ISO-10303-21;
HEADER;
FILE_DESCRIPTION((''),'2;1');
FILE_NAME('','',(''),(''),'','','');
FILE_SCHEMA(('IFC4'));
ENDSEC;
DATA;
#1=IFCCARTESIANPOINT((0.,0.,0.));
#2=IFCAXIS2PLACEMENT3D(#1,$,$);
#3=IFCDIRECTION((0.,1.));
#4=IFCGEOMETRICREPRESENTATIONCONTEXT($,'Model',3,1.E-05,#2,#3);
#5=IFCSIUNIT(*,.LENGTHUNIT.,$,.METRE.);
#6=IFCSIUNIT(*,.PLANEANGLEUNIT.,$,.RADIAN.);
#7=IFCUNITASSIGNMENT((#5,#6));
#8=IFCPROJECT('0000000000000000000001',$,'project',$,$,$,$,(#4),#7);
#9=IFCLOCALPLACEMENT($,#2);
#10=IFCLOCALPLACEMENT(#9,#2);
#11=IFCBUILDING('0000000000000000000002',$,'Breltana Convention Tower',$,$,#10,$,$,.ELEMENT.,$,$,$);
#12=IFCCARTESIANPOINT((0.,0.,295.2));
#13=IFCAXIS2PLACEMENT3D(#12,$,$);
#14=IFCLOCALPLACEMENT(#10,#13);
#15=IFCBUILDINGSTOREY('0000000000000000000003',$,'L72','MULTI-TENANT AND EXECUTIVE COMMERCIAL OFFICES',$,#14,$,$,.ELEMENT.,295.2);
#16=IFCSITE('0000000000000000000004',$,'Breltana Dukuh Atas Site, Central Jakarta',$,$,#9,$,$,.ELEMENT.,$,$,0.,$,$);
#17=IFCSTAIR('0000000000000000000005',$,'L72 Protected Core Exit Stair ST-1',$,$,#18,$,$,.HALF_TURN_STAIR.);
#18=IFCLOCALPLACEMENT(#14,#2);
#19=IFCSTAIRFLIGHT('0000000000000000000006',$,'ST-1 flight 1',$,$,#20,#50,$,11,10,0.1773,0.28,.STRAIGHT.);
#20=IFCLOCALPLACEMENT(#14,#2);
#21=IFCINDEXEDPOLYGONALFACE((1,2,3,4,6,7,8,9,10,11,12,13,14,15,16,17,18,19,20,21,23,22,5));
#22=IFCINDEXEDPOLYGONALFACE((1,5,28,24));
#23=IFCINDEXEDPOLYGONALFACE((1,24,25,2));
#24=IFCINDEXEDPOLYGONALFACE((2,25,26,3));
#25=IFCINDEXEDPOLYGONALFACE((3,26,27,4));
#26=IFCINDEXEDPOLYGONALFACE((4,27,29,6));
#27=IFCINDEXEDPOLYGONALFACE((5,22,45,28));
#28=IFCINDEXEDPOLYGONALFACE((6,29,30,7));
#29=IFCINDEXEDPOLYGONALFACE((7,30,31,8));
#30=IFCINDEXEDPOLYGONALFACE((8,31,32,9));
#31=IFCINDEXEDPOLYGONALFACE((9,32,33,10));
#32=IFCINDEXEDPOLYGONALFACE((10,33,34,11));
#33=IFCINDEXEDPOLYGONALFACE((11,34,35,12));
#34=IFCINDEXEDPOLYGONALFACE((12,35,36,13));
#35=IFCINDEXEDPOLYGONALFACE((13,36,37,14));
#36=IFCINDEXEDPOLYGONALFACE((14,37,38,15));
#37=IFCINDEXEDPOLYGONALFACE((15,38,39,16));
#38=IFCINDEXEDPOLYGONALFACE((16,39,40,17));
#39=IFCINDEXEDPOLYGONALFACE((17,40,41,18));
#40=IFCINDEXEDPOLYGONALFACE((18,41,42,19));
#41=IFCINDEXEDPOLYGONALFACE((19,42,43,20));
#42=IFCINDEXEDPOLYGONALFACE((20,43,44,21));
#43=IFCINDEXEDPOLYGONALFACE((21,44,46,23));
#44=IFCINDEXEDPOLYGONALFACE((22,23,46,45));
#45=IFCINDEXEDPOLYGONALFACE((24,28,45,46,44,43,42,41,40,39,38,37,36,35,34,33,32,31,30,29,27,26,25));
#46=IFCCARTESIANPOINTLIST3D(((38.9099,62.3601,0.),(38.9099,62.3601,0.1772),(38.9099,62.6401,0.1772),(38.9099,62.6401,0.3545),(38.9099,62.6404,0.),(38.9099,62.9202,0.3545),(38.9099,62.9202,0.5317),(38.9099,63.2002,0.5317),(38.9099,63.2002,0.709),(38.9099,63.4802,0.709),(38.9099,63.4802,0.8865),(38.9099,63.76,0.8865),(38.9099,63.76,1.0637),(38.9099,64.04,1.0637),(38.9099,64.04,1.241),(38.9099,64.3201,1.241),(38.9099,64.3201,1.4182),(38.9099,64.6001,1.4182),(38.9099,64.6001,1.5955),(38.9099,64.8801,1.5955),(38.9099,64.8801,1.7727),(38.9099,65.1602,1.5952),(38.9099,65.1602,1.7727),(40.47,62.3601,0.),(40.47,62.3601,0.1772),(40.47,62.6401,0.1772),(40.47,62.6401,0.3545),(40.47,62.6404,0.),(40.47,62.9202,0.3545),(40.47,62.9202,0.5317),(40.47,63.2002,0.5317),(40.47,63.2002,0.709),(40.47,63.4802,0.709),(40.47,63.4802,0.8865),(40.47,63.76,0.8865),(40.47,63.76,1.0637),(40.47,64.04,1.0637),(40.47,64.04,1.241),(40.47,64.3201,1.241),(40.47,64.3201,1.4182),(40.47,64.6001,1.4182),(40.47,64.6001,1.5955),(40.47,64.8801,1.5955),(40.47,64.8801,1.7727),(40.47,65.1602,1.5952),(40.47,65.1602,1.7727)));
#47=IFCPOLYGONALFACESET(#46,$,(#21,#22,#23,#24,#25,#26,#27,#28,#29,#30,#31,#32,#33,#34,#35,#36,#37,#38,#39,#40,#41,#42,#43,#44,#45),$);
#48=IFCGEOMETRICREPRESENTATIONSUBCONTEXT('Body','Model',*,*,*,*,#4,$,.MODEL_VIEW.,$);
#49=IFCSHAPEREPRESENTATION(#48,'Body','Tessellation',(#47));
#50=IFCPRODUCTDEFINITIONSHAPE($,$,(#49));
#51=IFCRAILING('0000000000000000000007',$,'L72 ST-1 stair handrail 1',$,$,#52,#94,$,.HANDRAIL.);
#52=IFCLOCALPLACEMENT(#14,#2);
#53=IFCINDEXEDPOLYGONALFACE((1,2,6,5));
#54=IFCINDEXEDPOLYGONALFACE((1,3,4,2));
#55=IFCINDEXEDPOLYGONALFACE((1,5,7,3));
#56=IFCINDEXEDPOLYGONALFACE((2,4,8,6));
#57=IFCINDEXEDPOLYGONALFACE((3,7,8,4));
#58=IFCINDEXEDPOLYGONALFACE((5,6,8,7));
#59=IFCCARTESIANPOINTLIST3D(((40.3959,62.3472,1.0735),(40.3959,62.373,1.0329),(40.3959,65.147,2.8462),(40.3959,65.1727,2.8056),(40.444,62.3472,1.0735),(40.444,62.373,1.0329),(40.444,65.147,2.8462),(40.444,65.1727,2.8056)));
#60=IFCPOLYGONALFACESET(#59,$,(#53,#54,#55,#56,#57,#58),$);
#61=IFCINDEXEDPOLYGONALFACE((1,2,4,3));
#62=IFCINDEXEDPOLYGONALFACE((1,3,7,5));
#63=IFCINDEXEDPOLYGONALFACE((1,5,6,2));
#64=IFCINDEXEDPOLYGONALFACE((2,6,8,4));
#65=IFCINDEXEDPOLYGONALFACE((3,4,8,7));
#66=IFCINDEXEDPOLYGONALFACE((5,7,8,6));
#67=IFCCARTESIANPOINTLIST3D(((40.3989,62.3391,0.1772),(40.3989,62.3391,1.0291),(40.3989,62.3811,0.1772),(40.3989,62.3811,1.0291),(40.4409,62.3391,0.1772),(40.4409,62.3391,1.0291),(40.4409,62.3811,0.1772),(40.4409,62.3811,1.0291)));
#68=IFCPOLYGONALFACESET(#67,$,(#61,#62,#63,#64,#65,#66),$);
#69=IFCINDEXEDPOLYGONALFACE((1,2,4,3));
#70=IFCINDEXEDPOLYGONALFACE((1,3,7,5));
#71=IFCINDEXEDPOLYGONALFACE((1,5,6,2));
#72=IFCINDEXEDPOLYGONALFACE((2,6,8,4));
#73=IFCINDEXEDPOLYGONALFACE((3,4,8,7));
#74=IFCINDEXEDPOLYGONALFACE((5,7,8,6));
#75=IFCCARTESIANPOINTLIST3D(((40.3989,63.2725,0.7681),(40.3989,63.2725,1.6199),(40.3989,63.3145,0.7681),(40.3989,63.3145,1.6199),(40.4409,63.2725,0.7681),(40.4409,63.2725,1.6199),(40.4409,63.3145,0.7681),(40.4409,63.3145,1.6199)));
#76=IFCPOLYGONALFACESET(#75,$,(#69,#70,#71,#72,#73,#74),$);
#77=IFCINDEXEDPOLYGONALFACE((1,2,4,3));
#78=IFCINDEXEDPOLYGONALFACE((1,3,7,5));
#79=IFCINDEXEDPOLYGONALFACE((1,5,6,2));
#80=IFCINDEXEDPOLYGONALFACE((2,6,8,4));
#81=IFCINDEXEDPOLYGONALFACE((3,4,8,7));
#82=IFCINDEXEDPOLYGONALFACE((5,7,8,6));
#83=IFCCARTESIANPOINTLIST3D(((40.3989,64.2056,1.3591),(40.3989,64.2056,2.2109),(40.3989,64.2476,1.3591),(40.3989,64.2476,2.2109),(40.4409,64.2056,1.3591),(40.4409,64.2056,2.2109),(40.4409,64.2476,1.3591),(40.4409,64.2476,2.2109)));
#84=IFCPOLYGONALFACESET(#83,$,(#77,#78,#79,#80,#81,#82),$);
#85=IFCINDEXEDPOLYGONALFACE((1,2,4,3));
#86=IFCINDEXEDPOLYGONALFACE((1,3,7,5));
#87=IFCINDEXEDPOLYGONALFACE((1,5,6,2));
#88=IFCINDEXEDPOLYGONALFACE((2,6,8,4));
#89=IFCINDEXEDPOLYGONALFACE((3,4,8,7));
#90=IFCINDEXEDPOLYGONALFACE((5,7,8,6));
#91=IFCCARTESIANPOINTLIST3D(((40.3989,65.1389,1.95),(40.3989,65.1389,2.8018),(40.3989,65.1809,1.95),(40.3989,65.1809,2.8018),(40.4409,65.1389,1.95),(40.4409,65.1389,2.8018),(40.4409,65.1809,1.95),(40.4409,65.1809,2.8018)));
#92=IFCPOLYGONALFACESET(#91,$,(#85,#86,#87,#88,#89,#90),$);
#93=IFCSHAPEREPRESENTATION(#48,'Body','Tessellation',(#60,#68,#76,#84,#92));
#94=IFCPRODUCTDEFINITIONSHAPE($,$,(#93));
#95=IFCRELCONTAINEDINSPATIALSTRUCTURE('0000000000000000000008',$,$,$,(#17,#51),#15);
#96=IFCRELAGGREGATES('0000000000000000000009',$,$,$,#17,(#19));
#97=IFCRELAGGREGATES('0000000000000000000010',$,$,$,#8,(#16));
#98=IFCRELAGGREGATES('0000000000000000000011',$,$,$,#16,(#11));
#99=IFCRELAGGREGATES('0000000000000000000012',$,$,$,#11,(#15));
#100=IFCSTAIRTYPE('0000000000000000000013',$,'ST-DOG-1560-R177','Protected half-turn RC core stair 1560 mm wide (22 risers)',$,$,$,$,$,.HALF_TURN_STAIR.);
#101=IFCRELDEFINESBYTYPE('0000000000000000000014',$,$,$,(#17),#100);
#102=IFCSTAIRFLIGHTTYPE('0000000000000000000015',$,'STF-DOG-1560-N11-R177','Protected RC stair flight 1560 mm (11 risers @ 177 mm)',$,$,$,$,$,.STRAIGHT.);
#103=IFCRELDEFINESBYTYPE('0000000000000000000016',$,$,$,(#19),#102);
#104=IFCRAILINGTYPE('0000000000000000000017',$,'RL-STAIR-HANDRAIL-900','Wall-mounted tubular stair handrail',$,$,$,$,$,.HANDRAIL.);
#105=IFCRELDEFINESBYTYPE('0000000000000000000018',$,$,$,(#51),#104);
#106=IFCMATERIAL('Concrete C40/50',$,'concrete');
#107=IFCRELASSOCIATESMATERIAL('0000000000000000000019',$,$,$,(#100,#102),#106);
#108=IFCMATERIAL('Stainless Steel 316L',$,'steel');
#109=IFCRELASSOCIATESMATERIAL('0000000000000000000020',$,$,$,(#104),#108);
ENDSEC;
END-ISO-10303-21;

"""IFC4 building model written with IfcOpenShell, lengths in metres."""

from ifc_helpers import new_model, si_unit, direction, frame, origin, origin_2d, place, context, subcontext, project, spatial, polyline, rectangle, outline, extrude, material, type_object, element, aggregate, save


model = new_model("IFC4")

# Units and contexts
model_context = context("Model", 3, precision=1e-05, world=origin(), true_north=direction((0.0, 1.0)))
body_context = subcontext(model_context, "Body", "Model", "MODEL_VIEW")
ifc_project = project(units=[si_unit("LENGTHUNIT", "METRE"), si_unit("PLANEANGLEUNIT", "RADIAN")], contexts=[model_context])

# Site, building, storey
site_placement = place(None, origin())
site = spatial("IfcSite", under=ifc_project, at=site_placement, Name="Breltana Dukuh Atas Site, Central Jakarta", CompositionType="ELEMENT", RefElevation=0.0)
building_placement = place(site_placement, origin())
building = spatial("IfcBuilding", under=site, at=building_placement, Name="Breltana Convention Tower", CompositionType="ELEMENT")
storey_placement = place(building_placement, frame((0.0, 0.0, 295.2)))
storey = spatial("IfcBuildingStorey", under=building, at=storey_placement, Name="L72", Description="MULTI-TENANT AND EXECUTIVE COMMERCIAL OFFICES", CompositionType="ELEMENT", Elevation=295.2)

# Stair, stair flight
ifc_material_1 = material(Name="Concrete C40/50", Category="concrete")
stair_type = type_object("IfcStairType", Name="ST-DOG-1560-R177", Description="Protected half-turn RC core stair 1560 mm wide (22 risers)", PredefinedType="HALF_TURN_STAIR", material=ifc_material_1)
stair_placement = place(storey_placement, origin())
stair = element("IfcStair", 1, at=stair_placement, inside=storey, type_object=stair_type, Name="L72 Protected Core Exit Stair ST-1", PredefinedType="HALF_TURN_STAIR")
stair_flight_type = type_object("IfcStairFlightType", Name="STF-DOG-1560-N11-R177", Description="Protected RC stair flight 1560 mm (11 risers @ 177 mm)", PredefinedType="STRAIGHT", material=ifc_material_1)
stair_flight_placement = place(storey_placement, frame((39.6899, 62.3601, 0.0), z_axis=(0.0, 0.0, 1.0), x_axis=(0.0, 1.0, 0.0)))
stair_flight = element("IfcStairFlight", 2, at=stair_flight_placement, type_object=stair_flight_type, Name="ST-1 flight 1", NumberOfRisers=11, NumberOfTreads=10, PredefinedType="STRAIGHT", RiserHeight=0.1773, TreadLength=0.28, context=body_context, shape_type="SweptSolid", body=[
    extrude(outline(polyline([(0.0, 0.0), (0.0, 0.1772), (0.28, 0.1772), (0.28, 0.3545), (0.5601, 0.3545), (0.5601, 0.5317), (0.8401, 0.5317), (0.8401, 0.709), (1.1201, 0.709), (1.1201, 0.8865), (1.3999, 0.8865), (1.3999, 1.0637), (1.6799, 1.0637), (1.6799, 1.241), (1.96, 1.241), (1.96, 1.4182), (2.24, 1.4182), (2.24, 1.5955), (2.52, 1.5955), (2.52, 1.7727), (2.8, 1.7727), (2.8, 1.95), (2.8, 1.5952), (0.2803, 0.0), (0.0, 0.0)])), frame((0.0, 0.78, 0.0), z_axis=(0.0, -1.0, 0.0), x_axis=(1.0, 0.0, 0.0)), (0.0, 0.0, 1.0), 1.5601),
])
aggregate(stair, [stair_flight])

# Railing
ifc_material_2 = material(Name="Stainless Steel 316L", Category="steel")
railing_type = type_object("IfcRailingType", Name="RL-STAIR-HANDRAIL-900", Description="Wall-mounted tubular stair handrail", PredefinedType="HANDRAIL", material=ifc_material_2)
railing_placement = place(storey_placement, frame((40.4199, 62.3601, 0.1772)))
element("IfcRailing", 3, at=railing_placement, inside=storey, type_object=railing_type, Name="L72 ST-1 stair handrail 1", PredefinedType="HANDRAIL", context=body_context, shape_type="SweptSolid", body=[
    extrude(rectangle(XDim=0.0481, YDim=0.0481, at=origin_2d()), frame((0.0, 0.0, 0.876), z_axis=(0.0, 0.844888, 0.534943), x_axis=(-1.0, 0.0, 0.0)), (0.0, 0.0, 1.0), 3.3137),
    extrude(rectangle(XDim=0.042, YDim=0.042, at=origin_2d()), origin(), (0.0, 0.0, 1.0), 0.8518),
    extrude(rectangle(XDim=0.042, YDim=0.042, at=origin_2d()), frame((0.0, 0.9333, 0.5908)), (0.0, 0.0, 1.0), 0.8518),
    extrude(rectangle(XDim=0.042, YDim=0.042, at=origin_2d()), frame((0.0, 1.8665, 1.1819)), (0.0, 0.0, 1.0), 0.8518),
    extrude(rectangle(XDim=0.042, YDim=0.042, at=origin_2d()), frame((0.0, 2.7998, 1.7727)), (0.0, 0.0, 1.0), 0.8518),
])

save(model, "model.ifc")
